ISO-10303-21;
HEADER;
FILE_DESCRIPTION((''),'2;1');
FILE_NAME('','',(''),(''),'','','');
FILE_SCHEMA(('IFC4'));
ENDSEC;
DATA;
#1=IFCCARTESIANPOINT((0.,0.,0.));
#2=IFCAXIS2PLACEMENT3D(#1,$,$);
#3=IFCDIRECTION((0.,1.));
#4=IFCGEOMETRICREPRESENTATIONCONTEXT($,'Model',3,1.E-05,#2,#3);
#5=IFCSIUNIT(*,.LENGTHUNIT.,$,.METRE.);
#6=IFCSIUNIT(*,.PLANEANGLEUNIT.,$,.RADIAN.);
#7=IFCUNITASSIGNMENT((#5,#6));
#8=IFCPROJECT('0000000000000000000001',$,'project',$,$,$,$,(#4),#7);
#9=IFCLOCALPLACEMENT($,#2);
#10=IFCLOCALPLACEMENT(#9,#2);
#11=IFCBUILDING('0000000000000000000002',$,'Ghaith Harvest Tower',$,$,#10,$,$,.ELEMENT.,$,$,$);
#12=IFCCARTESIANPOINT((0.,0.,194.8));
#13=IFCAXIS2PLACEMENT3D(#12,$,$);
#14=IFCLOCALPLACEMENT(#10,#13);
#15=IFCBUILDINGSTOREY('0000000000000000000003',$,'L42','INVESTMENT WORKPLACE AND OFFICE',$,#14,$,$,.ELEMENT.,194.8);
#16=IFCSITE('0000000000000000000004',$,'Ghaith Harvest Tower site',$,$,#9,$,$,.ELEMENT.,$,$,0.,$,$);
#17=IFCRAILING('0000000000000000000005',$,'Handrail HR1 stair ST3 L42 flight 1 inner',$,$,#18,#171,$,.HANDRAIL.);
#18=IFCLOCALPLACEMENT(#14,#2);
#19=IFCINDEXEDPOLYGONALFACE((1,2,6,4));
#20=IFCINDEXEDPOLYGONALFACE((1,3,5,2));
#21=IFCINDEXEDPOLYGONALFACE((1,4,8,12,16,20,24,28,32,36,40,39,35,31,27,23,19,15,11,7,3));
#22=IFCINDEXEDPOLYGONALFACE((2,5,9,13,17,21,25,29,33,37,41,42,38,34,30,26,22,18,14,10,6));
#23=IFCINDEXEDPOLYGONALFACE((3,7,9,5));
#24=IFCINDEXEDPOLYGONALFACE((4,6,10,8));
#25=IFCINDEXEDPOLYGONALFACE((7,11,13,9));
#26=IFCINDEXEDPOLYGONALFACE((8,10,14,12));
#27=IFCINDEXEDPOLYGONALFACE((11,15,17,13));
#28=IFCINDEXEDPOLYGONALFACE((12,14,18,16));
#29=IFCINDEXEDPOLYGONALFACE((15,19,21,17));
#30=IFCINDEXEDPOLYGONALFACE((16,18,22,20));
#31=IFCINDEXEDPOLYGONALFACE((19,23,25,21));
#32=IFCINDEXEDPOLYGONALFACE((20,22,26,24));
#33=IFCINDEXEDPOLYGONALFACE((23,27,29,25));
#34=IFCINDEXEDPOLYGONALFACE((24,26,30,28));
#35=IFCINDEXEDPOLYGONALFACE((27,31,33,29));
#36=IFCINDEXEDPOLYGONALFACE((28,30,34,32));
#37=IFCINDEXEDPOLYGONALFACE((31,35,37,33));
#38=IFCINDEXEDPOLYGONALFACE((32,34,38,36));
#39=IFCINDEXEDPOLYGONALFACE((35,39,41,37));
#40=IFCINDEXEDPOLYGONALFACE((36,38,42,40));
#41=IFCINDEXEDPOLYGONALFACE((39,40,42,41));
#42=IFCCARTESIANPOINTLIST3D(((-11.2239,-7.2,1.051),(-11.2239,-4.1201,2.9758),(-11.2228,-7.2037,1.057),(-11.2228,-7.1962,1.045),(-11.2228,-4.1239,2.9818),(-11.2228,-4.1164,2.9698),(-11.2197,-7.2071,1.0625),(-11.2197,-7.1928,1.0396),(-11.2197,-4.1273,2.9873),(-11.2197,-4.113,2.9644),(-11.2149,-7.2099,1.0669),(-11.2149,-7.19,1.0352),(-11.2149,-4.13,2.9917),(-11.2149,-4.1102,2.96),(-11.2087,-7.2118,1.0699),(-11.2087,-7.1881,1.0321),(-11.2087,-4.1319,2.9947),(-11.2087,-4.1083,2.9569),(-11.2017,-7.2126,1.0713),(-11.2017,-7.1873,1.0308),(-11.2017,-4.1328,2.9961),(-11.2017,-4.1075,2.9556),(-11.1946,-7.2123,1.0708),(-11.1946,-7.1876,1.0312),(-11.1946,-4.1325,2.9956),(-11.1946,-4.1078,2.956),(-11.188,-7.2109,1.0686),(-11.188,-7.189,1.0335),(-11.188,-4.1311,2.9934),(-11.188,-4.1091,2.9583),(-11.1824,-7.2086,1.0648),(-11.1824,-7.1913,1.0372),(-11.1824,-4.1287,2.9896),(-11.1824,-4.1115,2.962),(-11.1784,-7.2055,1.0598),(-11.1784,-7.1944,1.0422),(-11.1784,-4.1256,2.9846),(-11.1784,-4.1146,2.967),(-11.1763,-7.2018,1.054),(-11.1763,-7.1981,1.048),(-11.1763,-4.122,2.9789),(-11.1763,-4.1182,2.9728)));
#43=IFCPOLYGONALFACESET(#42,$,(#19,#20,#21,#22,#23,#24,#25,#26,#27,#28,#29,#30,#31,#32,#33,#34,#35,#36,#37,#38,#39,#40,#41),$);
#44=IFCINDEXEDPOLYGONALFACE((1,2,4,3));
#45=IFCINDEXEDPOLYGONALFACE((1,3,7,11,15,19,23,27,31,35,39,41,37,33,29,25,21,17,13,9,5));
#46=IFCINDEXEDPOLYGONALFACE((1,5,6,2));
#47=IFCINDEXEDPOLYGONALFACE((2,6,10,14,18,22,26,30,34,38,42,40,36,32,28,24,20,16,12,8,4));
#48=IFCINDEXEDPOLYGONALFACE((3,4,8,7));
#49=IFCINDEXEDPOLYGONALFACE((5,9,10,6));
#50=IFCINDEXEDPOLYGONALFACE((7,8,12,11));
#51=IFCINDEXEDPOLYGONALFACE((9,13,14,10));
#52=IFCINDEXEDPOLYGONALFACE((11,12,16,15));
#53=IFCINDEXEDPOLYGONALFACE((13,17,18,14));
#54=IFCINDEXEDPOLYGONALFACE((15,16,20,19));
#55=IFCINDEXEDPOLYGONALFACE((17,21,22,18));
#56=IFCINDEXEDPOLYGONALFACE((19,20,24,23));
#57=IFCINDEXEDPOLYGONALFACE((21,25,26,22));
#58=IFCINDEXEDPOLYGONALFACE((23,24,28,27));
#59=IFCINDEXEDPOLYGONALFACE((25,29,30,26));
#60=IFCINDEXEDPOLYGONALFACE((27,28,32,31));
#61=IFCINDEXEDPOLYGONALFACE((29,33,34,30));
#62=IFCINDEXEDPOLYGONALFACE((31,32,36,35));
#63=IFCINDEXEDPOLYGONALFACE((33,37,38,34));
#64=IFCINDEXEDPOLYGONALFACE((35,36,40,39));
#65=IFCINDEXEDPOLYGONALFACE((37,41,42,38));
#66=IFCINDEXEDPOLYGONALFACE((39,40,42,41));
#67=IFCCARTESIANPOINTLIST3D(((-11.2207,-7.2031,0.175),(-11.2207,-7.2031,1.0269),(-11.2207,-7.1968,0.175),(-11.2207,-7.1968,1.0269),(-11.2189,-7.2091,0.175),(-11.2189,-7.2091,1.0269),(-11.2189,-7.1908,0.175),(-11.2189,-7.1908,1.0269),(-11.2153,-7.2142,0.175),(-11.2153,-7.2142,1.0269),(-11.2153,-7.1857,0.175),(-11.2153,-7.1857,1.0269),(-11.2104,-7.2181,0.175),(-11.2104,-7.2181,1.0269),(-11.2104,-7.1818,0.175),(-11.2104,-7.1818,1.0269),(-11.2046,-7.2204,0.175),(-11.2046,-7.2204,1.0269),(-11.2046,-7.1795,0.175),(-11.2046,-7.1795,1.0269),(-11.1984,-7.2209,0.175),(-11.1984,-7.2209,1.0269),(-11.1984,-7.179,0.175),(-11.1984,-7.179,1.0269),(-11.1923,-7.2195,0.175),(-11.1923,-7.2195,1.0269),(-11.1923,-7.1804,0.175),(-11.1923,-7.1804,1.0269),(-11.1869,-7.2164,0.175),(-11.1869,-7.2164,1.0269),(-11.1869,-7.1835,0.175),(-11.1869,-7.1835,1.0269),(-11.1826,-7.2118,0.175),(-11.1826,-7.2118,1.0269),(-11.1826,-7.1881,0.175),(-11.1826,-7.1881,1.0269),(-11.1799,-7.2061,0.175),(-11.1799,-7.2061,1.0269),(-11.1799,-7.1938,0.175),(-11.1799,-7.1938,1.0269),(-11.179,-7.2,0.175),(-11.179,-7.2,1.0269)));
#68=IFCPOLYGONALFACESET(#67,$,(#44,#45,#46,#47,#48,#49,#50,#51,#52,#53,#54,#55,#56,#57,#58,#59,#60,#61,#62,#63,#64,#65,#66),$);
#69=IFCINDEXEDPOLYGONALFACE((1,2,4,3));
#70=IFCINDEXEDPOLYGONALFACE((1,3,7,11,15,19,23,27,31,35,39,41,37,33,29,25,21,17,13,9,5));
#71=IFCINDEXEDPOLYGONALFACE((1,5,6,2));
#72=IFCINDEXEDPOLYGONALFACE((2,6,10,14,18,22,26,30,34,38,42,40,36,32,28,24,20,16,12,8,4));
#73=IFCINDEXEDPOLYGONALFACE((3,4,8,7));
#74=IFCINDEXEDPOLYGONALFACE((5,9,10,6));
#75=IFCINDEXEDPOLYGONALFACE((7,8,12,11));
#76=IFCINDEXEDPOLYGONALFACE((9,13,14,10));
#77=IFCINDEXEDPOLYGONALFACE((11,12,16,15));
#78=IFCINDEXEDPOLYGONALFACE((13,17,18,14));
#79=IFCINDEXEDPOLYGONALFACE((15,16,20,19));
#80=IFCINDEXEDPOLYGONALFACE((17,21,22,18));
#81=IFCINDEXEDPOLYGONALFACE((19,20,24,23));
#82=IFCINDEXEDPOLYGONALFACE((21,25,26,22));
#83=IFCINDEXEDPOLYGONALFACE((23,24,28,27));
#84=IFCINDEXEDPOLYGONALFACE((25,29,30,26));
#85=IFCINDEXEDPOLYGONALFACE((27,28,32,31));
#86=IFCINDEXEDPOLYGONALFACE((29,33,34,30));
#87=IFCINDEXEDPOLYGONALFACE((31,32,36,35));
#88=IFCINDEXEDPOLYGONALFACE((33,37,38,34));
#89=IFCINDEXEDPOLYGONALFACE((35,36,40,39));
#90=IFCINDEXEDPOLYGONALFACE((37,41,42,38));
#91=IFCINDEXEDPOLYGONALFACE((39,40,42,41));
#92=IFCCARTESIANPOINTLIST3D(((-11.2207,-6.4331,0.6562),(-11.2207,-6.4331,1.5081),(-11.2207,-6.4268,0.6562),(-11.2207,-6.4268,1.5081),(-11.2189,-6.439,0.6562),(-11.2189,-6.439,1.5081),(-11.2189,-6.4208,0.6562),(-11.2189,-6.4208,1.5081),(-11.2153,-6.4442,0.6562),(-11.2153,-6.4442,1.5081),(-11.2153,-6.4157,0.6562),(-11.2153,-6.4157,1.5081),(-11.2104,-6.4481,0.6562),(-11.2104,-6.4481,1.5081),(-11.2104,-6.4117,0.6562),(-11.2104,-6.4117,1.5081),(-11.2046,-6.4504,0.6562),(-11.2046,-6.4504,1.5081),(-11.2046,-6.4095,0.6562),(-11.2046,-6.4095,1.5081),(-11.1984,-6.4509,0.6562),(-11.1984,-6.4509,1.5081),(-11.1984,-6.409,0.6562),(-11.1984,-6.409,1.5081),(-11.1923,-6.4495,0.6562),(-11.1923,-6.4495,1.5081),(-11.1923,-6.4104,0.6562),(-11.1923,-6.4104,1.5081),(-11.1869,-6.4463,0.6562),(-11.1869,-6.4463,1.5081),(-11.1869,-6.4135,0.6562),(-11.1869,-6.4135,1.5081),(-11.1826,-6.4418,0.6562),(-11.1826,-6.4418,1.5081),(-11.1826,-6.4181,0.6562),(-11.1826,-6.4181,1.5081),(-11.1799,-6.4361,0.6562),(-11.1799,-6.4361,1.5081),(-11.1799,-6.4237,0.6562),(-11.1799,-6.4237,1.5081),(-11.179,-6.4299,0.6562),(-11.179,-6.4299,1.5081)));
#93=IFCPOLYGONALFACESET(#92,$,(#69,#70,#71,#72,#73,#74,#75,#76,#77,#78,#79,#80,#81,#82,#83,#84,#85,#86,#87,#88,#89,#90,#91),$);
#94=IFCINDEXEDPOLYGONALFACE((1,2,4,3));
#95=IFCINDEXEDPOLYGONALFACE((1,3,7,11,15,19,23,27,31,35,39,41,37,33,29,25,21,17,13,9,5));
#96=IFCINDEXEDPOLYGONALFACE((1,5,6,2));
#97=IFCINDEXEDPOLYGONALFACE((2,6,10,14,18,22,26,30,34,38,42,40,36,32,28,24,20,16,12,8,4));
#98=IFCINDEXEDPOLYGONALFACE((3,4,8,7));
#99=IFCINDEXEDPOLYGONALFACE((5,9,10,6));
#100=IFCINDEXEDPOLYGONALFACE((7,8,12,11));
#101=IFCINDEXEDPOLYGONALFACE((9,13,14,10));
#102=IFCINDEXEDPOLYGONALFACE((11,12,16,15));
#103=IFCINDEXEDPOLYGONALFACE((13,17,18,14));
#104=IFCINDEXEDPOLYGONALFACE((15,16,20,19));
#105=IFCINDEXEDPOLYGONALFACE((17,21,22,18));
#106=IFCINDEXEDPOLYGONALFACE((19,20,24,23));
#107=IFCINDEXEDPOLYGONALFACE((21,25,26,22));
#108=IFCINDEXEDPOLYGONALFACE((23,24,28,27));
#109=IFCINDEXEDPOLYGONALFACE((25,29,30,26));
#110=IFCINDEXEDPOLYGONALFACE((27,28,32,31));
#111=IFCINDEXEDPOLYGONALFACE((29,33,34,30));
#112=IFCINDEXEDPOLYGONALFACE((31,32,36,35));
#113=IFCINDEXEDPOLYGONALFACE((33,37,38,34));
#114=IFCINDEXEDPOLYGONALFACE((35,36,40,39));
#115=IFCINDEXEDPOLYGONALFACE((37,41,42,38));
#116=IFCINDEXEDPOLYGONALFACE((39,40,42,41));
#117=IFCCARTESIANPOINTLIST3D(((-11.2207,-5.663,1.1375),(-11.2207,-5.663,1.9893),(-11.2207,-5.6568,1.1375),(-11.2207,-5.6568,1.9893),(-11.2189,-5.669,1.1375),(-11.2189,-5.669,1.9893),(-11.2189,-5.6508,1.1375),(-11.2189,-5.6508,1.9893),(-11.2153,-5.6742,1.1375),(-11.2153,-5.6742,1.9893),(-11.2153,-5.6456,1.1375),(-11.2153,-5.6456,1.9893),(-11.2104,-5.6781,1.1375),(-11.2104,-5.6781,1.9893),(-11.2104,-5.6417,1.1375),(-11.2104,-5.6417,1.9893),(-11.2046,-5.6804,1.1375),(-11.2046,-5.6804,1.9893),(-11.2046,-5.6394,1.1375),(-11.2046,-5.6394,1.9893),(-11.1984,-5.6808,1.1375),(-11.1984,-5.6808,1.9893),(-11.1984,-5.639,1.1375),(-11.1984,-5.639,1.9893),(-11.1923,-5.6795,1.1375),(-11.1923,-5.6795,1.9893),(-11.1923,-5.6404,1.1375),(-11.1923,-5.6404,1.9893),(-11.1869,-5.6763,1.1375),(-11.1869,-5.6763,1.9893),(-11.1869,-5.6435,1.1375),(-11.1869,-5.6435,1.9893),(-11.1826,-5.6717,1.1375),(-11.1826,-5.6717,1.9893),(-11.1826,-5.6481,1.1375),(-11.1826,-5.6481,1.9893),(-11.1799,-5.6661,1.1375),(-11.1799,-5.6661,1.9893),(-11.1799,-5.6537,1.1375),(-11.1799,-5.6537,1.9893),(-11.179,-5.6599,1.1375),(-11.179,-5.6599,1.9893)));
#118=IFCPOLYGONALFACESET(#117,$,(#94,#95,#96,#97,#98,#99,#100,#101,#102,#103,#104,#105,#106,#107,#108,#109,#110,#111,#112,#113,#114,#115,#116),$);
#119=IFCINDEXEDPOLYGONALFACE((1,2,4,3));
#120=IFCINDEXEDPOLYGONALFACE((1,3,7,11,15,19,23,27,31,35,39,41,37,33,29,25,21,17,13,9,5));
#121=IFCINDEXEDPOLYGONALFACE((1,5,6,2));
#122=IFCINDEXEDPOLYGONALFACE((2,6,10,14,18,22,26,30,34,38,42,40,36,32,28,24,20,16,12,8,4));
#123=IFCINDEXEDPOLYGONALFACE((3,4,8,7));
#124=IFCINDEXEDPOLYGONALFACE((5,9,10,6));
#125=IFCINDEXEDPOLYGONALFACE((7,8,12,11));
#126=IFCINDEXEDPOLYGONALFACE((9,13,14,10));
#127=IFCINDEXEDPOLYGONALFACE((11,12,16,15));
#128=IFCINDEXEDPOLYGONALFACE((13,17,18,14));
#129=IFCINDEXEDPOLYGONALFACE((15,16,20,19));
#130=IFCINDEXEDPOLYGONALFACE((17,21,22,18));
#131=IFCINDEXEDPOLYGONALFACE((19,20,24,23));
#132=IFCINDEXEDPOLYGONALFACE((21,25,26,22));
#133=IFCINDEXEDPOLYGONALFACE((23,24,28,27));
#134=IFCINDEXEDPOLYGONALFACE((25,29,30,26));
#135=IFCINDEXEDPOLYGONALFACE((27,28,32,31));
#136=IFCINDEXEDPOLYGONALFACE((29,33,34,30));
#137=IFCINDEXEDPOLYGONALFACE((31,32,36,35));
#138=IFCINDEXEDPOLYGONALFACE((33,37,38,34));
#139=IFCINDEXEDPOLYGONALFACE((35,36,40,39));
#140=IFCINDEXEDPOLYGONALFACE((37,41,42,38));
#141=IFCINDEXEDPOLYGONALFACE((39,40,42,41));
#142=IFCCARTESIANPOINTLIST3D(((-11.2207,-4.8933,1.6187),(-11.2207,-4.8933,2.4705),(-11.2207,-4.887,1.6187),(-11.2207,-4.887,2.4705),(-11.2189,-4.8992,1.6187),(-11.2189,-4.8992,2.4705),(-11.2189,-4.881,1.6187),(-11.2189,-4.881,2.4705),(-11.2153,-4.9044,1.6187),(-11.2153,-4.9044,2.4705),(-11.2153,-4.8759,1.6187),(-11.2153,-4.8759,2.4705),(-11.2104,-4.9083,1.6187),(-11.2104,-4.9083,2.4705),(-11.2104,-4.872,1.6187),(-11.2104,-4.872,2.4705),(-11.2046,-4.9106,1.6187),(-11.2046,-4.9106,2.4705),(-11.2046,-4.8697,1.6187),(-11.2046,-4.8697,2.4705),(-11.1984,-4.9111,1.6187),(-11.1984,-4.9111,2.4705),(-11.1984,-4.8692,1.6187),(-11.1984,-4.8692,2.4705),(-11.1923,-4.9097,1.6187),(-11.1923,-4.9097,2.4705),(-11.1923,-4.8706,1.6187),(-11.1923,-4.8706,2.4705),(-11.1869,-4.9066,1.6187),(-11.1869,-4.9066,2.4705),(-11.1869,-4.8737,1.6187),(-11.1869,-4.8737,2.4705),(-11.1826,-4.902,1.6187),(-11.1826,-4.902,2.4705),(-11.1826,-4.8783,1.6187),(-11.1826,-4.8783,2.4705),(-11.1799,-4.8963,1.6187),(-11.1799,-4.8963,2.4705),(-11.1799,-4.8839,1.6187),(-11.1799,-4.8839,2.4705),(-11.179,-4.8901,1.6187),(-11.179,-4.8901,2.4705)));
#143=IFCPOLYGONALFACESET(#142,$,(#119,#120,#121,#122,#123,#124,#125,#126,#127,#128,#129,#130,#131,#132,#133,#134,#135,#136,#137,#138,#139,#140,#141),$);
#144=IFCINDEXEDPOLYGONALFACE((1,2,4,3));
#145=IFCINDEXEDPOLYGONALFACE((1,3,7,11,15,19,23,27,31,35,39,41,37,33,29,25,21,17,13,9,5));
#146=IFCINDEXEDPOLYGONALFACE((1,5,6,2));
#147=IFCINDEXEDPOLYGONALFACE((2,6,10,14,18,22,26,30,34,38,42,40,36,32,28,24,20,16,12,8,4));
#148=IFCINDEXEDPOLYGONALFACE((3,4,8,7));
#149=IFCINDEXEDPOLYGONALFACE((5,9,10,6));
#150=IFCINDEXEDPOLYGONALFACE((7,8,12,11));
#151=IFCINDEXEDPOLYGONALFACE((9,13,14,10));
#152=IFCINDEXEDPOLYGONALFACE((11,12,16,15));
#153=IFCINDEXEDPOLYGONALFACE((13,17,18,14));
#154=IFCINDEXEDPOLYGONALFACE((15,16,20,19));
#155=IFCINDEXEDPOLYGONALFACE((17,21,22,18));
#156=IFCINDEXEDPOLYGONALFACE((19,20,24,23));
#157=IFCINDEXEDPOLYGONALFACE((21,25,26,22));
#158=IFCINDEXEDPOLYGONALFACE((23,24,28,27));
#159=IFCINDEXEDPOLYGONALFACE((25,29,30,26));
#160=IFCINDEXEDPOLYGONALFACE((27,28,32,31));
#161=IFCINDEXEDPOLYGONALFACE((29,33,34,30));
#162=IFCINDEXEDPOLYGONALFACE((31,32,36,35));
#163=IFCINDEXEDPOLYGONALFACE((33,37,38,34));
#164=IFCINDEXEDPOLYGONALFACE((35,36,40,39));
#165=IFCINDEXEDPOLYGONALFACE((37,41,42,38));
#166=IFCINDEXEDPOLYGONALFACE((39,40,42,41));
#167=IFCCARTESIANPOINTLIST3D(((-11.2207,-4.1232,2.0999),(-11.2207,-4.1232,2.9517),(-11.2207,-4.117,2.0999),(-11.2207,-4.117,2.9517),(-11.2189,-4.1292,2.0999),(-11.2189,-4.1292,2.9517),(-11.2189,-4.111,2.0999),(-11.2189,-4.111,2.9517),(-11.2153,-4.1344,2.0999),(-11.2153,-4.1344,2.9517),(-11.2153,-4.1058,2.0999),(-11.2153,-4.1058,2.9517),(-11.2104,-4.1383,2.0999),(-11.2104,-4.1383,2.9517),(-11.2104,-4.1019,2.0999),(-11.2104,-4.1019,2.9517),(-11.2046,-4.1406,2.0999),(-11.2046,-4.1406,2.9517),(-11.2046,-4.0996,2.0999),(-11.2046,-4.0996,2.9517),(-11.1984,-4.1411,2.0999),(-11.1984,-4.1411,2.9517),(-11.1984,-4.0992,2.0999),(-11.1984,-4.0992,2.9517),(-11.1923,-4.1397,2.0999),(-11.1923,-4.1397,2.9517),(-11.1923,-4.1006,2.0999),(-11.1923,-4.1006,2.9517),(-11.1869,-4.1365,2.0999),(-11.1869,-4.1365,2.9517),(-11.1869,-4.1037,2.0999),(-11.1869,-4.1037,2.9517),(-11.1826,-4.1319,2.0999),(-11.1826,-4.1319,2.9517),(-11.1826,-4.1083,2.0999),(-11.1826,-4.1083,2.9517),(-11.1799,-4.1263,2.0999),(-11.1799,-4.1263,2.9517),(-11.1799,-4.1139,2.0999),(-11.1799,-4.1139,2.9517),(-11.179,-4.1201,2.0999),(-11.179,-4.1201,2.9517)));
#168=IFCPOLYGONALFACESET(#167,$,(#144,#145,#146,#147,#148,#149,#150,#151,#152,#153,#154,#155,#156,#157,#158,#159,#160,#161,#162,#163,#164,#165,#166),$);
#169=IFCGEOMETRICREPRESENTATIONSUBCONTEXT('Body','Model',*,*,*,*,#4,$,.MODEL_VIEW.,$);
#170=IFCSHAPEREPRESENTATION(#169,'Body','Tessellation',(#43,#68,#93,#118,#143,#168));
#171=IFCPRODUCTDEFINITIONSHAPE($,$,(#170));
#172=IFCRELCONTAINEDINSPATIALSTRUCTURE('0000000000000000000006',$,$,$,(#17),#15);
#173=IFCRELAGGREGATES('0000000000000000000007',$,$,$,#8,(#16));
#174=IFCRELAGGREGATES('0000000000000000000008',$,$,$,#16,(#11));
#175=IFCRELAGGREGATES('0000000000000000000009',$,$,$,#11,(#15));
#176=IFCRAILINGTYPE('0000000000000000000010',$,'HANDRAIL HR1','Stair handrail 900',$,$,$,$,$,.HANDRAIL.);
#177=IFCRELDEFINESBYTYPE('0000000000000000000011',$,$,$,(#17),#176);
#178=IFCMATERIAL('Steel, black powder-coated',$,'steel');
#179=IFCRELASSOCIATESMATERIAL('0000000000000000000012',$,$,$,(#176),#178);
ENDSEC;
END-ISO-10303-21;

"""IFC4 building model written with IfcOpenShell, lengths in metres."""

from ifc_helpers import new_model, si_unit, direction, frame, origin, origin_2d, place, context, subcontext, project, spatial, circle, extrude, material, type_object, element, save


model = new_model("IFC4")

# Units and contexts
model_context = context("Model", 3, precision=1e-05, world=origin(), true_north=direction((0.0, 1.0)))
body_context = subcontext(model_context, "Body", "Model", "MODEL_VIEW")
ifc_project = project(units=[si_unit("LENGTHUNIT", "METRE"), si_unit("PLANEANGLEUNIT", "RADIAN")], contexts=[model_context])

# Site, building, storey
site_placement = place(None, origin())
site = spatial("IfcSite", under=ifc_project, at=site_placement, Name="Ghaith Harvest Tower site", CompositionType="ELEMENT", RefElevation=0.0)
building_placement = place(site_placement, origin())
building = spatial("IfcBuilding", under=site, at=building_placement, Name="Ghaith Harvest Tower", CompositionType="ELEMENT")
storey_placement = place(building_placement, frame((0.0, 0.0, 194.8)))
storey = spatial("IfcBuildingStorey", under=building, at=storey_placement, Name="L42", Description="INVESTMENT WORKPLACE AND OFFICE", CompositionType="ELEMENT", Elevation=194.8)

# Railing
ifc_material_1 = material(Name="Steel, black powder-coated", Category="steel")
railing_type = type_object("IfcRailingType", Name="HANDRAIL HR1", Description="Stair handrail 900", PredefinedType="HANDRAIL", material=ifc_material_1)
railing_1_placement = place(storey_placement, frame((-11.2, -7.2, 0.175)))
element("IfcRailing", 1, at=railing_1_placement, inside=storey, type_object=railing_type, Name="Handrail HR1 stair ST3 L42 flight 1 inner", PredefinedType="HANDRAIL", context=body_context, shape_type="SweptSolid", body=[
    extrude(circle(Radius=0.0239, at=origin_2d()), frame((0.0, 0.0, 0.876), z_axis=(0.0, 0.84801, 0.529981), x_axis=(-1.0, 0.0, 0.0)), (0.0, 0.0, 1.0), 3.6318),
    extrude(circle(Radius=0.021, at=origin_2d()), origin(), (0.0, 0.0, 1.0), 0.8518),
    extrude(circle(Radius=0.021, at=origin_2d()), frame((0.0, 0.77, 0.4812)), (0.0, 0.0, 1.0), 0.8518),
    extrude(circle(Radius=0.021, at=origin_2d()), frame((0.0, 1.54, 0.9624)), (0.0, 0.0, 1.0), 0.8518),
    extrude(circle(Radius=0.021, at=origin_2d()), frame((0.0, 2.3098, 1.4436)), (0.0, 0.0, 1.0), 0.8518),
    extrude(circle(Radius=0.021, at=origin_2d()), frame((0.0, 3.0798, 1.9248)), (0.0, 0.0, 1.0), 0.8518),
])

save(model, "model.ifc")
